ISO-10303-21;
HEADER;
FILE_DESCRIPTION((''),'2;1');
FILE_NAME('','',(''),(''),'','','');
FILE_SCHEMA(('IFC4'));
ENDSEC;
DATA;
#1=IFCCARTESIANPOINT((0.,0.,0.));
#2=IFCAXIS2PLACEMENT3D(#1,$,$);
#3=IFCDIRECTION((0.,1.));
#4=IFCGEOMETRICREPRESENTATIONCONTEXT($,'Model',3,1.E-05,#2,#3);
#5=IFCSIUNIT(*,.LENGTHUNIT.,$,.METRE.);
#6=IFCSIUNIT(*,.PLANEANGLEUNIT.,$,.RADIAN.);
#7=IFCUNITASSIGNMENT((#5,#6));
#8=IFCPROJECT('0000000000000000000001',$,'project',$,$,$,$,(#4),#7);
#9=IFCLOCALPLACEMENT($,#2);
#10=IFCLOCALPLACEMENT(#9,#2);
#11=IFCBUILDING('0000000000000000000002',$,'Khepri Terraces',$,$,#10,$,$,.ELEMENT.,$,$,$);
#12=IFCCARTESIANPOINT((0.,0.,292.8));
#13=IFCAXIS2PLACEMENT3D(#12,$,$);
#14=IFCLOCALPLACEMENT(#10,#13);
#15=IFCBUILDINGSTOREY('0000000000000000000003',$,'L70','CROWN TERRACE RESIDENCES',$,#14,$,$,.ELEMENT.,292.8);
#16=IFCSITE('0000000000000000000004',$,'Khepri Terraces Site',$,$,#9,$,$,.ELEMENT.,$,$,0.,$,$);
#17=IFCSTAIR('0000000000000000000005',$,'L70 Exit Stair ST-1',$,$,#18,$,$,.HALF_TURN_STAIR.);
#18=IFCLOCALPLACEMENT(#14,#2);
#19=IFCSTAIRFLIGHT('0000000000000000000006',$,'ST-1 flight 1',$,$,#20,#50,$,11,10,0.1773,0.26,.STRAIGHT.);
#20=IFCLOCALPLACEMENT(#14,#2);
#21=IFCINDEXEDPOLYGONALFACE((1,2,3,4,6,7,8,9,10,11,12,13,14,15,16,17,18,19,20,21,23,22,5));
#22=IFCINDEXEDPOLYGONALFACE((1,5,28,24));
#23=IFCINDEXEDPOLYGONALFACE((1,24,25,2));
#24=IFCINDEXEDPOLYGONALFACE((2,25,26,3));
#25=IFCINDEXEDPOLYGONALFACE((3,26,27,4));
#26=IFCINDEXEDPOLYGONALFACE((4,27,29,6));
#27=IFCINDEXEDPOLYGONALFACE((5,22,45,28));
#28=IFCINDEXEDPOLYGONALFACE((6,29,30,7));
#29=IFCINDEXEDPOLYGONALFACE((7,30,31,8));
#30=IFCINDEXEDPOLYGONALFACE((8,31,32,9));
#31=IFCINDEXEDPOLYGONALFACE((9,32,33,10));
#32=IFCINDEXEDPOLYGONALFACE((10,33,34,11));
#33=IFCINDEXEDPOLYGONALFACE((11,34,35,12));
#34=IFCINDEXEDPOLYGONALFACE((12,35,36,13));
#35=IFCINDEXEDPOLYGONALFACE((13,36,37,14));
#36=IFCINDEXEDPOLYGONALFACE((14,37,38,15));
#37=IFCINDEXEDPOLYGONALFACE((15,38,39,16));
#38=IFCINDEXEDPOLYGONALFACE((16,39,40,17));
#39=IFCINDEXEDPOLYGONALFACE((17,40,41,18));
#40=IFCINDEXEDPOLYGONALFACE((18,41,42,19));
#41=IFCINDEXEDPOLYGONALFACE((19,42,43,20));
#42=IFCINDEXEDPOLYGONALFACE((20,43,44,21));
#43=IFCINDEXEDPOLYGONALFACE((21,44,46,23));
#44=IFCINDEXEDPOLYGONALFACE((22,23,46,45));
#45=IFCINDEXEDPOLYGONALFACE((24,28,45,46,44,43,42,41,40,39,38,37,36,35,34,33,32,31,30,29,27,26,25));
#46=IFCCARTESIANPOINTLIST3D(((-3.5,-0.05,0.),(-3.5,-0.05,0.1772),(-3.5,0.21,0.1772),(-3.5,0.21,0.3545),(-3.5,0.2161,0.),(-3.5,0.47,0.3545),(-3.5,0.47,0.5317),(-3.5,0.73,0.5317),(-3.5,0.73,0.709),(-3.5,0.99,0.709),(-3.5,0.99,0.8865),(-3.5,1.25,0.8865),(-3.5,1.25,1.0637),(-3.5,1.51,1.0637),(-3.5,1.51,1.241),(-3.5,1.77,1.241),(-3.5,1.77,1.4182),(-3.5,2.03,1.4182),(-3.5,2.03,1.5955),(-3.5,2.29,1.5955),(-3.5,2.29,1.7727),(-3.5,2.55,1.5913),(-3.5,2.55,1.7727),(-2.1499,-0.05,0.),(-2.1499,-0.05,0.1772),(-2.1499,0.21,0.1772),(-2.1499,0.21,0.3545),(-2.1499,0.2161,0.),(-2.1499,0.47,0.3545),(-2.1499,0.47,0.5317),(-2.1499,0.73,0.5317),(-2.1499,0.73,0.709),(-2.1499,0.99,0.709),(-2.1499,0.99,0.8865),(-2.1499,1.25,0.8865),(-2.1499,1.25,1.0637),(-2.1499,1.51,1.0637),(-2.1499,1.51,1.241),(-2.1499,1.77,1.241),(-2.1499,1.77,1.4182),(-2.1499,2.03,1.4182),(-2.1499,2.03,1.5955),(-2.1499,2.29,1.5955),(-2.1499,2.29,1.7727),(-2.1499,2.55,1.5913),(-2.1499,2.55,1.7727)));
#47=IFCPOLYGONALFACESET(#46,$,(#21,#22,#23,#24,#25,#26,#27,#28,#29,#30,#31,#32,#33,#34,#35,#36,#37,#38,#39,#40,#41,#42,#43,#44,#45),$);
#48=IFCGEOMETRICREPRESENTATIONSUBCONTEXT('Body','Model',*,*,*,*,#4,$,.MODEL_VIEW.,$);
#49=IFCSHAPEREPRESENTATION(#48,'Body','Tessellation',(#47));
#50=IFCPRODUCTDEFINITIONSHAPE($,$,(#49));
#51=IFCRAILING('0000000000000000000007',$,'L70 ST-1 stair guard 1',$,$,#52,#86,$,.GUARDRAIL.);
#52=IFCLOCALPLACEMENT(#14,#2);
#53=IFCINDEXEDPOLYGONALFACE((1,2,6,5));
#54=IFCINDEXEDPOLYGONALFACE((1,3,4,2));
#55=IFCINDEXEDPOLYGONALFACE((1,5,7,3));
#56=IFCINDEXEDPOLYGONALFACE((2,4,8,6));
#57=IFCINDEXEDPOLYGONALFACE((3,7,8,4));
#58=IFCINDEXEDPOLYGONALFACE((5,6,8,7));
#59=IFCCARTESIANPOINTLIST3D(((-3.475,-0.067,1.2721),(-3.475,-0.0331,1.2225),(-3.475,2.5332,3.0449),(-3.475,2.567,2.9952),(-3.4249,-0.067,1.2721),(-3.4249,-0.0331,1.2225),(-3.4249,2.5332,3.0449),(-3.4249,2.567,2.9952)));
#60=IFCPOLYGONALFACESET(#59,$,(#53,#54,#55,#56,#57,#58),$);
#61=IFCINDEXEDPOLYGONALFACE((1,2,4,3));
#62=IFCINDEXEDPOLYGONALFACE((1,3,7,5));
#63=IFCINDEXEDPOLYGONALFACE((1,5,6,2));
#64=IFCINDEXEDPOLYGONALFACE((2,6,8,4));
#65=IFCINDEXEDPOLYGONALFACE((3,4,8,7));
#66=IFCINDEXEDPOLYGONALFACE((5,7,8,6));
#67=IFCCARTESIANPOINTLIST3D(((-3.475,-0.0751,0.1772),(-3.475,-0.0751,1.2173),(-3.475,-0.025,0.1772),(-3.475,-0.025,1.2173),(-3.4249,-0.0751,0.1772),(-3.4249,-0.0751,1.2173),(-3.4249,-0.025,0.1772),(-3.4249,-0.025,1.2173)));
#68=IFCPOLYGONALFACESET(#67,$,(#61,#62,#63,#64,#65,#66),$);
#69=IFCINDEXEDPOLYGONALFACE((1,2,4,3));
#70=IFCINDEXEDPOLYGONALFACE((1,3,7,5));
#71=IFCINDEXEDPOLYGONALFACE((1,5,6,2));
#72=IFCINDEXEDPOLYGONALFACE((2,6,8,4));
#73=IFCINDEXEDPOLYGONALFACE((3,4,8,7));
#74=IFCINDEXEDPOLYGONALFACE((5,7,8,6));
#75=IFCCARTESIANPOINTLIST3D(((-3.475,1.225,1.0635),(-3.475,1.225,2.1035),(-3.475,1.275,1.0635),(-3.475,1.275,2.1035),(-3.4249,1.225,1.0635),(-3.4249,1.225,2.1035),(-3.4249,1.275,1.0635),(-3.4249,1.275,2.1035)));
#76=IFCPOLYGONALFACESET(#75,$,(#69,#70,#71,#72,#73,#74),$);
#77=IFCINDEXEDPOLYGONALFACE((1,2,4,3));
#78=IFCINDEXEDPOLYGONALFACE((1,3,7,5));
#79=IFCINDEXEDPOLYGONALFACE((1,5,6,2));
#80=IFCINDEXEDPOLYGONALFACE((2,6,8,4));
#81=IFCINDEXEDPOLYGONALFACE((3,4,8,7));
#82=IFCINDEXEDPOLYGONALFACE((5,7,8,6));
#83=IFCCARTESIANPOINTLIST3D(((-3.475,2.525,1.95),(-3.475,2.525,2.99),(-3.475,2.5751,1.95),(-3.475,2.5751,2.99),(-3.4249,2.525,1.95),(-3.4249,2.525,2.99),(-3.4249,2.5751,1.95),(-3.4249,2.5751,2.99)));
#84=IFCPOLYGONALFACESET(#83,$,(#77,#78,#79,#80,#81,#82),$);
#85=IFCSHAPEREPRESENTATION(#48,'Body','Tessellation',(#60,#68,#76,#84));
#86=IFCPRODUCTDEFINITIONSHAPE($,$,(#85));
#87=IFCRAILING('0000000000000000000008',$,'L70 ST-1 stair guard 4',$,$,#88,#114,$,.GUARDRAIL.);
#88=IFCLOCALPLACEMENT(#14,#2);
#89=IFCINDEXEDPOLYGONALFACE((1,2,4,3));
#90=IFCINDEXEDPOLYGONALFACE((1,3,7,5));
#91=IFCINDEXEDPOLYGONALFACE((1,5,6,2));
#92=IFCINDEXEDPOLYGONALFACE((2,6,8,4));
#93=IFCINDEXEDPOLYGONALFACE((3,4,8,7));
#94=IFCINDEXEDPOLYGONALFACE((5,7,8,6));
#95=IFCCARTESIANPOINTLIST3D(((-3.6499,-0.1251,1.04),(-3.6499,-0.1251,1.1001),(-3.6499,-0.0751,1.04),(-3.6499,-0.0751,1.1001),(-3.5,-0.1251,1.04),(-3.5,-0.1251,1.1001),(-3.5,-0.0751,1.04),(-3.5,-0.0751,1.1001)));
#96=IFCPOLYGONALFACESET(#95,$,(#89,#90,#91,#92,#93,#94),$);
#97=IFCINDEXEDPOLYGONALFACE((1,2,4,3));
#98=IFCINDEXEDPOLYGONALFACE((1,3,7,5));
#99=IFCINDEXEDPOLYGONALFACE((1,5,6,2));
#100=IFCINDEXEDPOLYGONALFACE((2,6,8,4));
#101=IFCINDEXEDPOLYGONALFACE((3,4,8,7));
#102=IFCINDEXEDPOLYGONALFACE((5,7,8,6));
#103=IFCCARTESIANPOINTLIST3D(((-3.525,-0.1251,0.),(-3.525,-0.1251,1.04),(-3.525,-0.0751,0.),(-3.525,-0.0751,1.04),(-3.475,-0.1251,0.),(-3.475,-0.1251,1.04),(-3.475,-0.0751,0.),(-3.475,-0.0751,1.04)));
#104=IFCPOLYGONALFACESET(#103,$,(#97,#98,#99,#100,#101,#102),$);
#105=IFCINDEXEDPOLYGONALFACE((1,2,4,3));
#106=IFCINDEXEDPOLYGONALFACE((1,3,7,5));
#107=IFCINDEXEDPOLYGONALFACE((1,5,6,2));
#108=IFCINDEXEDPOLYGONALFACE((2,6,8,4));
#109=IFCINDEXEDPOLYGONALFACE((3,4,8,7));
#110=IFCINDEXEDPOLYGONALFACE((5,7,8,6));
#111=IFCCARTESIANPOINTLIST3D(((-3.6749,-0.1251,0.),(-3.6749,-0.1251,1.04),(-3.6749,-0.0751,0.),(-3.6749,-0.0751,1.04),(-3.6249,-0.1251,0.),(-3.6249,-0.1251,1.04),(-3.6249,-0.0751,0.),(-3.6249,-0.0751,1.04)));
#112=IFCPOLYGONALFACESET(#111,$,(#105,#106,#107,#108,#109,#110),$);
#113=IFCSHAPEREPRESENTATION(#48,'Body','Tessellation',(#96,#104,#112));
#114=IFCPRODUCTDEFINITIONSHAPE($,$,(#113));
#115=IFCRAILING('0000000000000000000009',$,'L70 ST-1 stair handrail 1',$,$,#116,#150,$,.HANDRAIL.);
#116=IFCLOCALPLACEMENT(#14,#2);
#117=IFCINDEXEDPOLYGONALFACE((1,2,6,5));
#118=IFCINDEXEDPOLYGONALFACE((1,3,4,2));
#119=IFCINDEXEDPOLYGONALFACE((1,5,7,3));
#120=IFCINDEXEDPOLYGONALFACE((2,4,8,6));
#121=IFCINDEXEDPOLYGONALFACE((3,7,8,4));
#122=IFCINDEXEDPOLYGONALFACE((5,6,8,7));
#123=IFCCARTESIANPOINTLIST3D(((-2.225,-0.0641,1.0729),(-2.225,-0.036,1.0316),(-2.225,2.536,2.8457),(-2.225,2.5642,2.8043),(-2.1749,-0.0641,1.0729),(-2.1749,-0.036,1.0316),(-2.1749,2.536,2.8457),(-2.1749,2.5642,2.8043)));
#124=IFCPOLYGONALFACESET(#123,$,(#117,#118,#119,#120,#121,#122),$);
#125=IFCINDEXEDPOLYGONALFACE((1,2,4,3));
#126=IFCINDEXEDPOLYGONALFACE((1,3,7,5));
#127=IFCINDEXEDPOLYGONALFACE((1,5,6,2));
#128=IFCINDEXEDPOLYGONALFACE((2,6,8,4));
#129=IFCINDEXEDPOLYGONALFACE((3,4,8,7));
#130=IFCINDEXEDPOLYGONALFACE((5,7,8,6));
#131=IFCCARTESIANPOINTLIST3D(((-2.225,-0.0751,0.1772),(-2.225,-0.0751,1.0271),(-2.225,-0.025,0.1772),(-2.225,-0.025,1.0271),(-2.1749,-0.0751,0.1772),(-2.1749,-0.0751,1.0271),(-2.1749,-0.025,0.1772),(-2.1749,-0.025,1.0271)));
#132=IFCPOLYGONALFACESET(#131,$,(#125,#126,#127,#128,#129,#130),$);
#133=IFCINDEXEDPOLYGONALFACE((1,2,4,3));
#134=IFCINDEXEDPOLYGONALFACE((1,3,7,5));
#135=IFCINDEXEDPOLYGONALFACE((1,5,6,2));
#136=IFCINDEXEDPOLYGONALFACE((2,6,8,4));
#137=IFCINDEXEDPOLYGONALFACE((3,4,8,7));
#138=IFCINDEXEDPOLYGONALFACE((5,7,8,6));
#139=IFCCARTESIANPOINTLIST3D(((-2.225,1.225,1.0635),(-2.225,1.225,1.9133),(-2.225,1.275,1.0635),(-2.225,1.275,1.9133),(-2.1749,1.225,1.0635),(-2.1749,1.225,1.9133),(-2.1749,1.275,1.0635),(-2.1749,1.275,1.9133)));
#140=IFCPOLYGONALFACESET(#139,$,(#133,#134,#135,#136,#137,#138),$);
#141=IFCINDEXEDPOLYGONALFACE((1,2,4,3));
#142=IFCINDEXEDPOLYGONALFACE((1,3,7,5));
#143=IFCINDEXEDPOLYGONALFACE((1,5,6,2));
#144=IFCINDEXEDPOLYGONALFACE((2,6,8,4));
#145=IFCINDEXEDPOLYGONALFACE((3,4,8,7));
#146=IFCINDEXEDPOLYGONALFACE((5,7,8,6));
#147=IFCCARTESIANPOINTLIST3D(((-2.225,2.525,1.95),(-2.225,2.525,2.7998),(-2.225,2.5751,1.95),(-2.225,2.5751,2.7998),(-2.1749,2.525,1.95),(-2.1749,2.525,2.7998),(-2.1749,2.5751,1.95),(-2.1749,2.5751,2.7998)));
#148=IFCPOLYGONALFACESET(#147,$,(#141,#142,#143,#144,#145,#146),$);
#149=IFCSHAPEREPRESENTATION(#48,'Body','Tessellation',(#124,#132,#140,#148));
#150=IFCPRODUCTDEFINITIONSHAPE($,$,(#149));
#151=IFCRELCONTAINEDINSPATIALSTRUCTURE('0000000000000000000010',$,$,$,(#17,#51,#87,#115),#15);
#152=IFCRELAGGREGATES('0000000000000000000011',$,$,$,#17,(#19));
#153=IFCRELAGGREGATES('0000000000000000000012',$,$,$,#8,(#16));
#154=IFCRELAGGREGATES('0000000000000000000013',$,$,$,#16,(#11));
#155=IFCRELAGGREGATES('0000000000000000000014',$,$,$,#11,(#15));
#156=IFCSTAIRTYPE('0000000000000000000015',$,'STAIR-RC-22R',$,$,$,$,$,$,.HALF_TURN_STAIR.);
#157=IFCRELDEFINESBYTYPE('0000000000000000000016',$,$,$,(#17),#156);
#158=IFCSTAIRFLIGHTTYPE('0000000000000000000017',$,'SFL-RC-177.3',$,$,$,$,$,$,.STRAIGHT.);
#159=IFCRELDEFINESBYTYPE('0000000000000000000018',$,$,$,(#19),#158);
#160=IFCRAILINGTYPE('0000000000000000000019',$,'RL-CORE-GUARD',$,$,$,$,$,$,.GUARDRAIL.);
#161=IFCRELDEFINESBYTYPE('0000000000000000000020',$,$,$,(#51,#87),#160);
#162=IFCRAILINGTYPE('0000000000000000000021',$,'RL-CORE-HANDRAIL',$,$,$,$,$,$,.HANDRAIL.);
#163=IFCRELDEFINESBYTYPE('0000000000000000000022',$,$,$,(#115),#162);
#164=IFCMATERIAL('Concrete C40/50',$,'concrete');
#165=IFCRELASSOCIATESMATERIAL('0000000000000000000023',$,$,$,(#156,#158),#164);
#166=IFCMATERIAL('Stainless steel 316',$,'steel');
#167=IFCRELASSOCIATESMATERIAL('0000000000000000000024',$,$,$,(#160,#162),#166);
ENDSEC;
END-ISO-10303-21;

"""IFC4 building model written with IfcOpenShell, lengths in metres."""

from ifc_helpers import new_model, si_unit, direction, frame, origin, origin_2d, place, context, subcontext, project, spatial, polyline, rectangle, outline, extrude, material, type_object, element, aggregate, save


model = new_model("IFC4")

# Units and contexts
model_context = context("Model", 3, precision=1e-05, world=origin(), true_north=direction((0.0, 1.0)))
body_context = subcontext(model_context, "Body", "Model", "MODEL_VIEW")
ifc_project = project(units=[si_unit("LENGTHUNIT", "METRE"), si_unit("PLANEANGLEUNIT", "RADIAN")], contexts=[model_context])

# Site, building, storey
site_placement = place(None, origin())
site = spatial("IfcSite", under=ifc_project, at=site_placement, Name="Khepri Terraces Site", CompositionType="ELEMENT", RefElevation=0.0)
building_placement = place(site_placement, origin())
building = spatial("IfcBuilding", under=site, at=building_placement, Name="Khepri Terraces", CompositionType="ELEMENT")
storey_placement = place(building_placement, frame((0.0, 0.0, 292.8)))
storey = spatial("IfcBuildingStorey", under=building, at=storey_placement, Name="L70", Description="CROWN TERRACE RESIDENCES", CompositionType="ELEMENT", Elevation=292.8)

# Shared definitions
ifc_material_1 = material(Name="Concrete C40/50", Category="concrete")

# Stair, stair flight
stair_type = type_object("IfcStairType", Name="STAIR-RC-22R", PredefinedType="HALF_TURN_STAIR", material=ifc_material_1)
stair_placement = place(storey_placement, origin())
stair = element("IfcStair", 1, at=stair_placement, inside=storey, type_object=stair_type, Name="L70 Exit Stair ST-1", PredefinedType="HALF_TURN_STAIR")
stair_flight_type = type_object("IfcStairFlightType", Name="SFL-RC-177.3", PredefinedType="STRAIGHT", material=ifc_material_1)
stair_flight_placement = place(storey_placement, frame((-2.825, -0.05, 0.0), z_axis=(0.0, 0.0, 1.0), x_axis=(0.0, 1.0, 0.0)))
stair_flight = element("IfcStairFlight", 2, at=stair_flight_placement, type_object=stair_flight_type, Name="ST-1 flight 1", NumberOfRisers=11, NumberOfTreads=10, PredefinedType="STRAIGHT", RiserHeight=0.1773, TreadLength=0.26, context=body_context, shape_type="SweptSolid", body=[
    extrude(outline(polyline([(0.0, 0.0), (0.0, 0.1772), (0.26, 0.1772), (0.26, 0.3545), (0.52, 0.3545), (0.52, 0.5317), (0.78, 0.5317), (0.78, 0.709), (1.04, 0.709), (1.04, 0.8865), (1.3, 0.8865), (1.3, 1.0637), (1.5601, 1.0637), (1.5601, 1.241), (1.8201, 1.241), (1.8201, 1.4182), (2.0801, 1.4182), (2.0801, 1.5955), (2.3401, 1.5955), (2.3401, 1.7727), (2.6001, 1.7727), (2.6001, 1.95), (2.6001, 1.5913), (0.2661, 0.0), (0.0, 0.0)])), frame((0.0, 0.675, 0.0), z_axis=(0.0, -1.0, 0.0), x_axis=(1.0, 0.0, 0.0)), (0.0, 0.0, 1.0), 1.3501),
])
aggregate(stair, [stair_flight])

# Railings
ifc_material_2 = material(Name="Stainless steel 316", Category="steel")
railing_type_1 = type_object("IfcRailingType", Name="RL-CORE-GUARD", PredefinedType="GUARDRAIL", material=ifc_material_2)
railing_1_placement = place(storey_placement, frame((-3.45, -0.05, 0.1772)))
element("IfcRailing", 3, at=railing_1_placement, inside=storey, type_object=railing_type_1, Name="L70 ST-1 stair guard 1", PredefinedType="GUARDRAIL", context=body_context, shape_type="SweptSolid", body=[
    extrude(rectangle(XDim=0.05, YDim=0.0601, at=origin_2d()), frame((0.0, 0.0, 1.0701), z_axis=(0.0, 0.82624, 0.563318), x_axis=(-1.0, 0.0, 0.0)), (0.0, 0.0, 1.0), 3.147),
    extrude(rectangle(XDim=0.05, YDim=0.05, at=origin_2d()), origin(), (0.0, 0.0, 1.0), 1.04),
    extrude(rectangle(XDim=0.05, YDim=0.05, at=origin_2d()), frame((0.0, 1.3, 0.8862)), (0.0, 0.0, 1.0), 1.04),
    extrude(rectangle(XDim=0.05, YDim=0.05, at=origin_2d()), frame((0.0, 2.6001, 1.7727)), (0.0, 0.0, 1.0), 1.04),
])
railing_2_placement = place(storey_placement, frame((-3.5, -0.1001, 0.0)))
element("IfcRailing", 4, at=railing_2_placement, inside=storey, type_object=railing_type_1, Name="L70 ST-1 stair guard 4", PredefinedType="GUARDRAIL", context=body_context, shape_type="SweptSolid", body=[
    extrude(rectangle(XDim=0.05, YDim=0.0601, at=origin_2d()), frame((0.0, 0.0, 1.0701), z_axis=(-1.0, 0.0, 0.0), x_axis=(0.0, -1.0, 0.0)), (0.0, 0.0, 1.0), 0.1499),
    extrude(rectangle(XDim=0.05, YDim=0.05, at=origin_2d()), origin(), (0.0, 0.0, 1.0), 1.04),
    extrude(rectangle(XDim=0.05, YDim=0.05, at=origin_2d()), frame((-0.1499, 0.0, 0.0)), (0.0, 0.0, 1.0), 1.04),
])
railing_type_2 = type_object("IfcRailingType", Name="RL-CORE-HANDRAIL", PredefinedType="HANDRAIL", material=ifc_material_2)
railing_3_placement = place(storey_placement, frame((-2.2, -0.05, 0.1772)))
element("IfcRailing", 5, at=railing_3_placement, inside=storey, type_object=railing_type_2, Name="L70 ST-1 stair handrail 1", PredefinedType="HANDRAIL", context=body_context, shape_type="SweptSolid", body=[
    extrude(rectangle(XDim=0.05, YDim=0.05, at=origin_2d()), frame((0.0, 0.0, 0.875), z_axis=(0.0, 0.82624, 0.563318), x_axis=(-1.0, 0.0, 0.0)), (0.0, 0.0, 1.0), 3.147),
    extrude(rectangle(XDim=0.05, YDim=0.05, at=origin_2d()), origin(), (0.0, 0.0, 1.0), 0.8499),
    extrude(rectangle(XDim=0.05, YDim=0.05, at=origin_2d()), frame((0.0, 1.3, 0.8862)), (0.0, 0.0, 1.0), 0.8499),
    extrude(rectangle(XDim=0.05, YDim=0.05, at=origin_2d()), frame((0.0, 2.6001, 1.7727)), (0.0, 0.0, 1.0), 0.8499),
])

save(model, "model.ifc")
